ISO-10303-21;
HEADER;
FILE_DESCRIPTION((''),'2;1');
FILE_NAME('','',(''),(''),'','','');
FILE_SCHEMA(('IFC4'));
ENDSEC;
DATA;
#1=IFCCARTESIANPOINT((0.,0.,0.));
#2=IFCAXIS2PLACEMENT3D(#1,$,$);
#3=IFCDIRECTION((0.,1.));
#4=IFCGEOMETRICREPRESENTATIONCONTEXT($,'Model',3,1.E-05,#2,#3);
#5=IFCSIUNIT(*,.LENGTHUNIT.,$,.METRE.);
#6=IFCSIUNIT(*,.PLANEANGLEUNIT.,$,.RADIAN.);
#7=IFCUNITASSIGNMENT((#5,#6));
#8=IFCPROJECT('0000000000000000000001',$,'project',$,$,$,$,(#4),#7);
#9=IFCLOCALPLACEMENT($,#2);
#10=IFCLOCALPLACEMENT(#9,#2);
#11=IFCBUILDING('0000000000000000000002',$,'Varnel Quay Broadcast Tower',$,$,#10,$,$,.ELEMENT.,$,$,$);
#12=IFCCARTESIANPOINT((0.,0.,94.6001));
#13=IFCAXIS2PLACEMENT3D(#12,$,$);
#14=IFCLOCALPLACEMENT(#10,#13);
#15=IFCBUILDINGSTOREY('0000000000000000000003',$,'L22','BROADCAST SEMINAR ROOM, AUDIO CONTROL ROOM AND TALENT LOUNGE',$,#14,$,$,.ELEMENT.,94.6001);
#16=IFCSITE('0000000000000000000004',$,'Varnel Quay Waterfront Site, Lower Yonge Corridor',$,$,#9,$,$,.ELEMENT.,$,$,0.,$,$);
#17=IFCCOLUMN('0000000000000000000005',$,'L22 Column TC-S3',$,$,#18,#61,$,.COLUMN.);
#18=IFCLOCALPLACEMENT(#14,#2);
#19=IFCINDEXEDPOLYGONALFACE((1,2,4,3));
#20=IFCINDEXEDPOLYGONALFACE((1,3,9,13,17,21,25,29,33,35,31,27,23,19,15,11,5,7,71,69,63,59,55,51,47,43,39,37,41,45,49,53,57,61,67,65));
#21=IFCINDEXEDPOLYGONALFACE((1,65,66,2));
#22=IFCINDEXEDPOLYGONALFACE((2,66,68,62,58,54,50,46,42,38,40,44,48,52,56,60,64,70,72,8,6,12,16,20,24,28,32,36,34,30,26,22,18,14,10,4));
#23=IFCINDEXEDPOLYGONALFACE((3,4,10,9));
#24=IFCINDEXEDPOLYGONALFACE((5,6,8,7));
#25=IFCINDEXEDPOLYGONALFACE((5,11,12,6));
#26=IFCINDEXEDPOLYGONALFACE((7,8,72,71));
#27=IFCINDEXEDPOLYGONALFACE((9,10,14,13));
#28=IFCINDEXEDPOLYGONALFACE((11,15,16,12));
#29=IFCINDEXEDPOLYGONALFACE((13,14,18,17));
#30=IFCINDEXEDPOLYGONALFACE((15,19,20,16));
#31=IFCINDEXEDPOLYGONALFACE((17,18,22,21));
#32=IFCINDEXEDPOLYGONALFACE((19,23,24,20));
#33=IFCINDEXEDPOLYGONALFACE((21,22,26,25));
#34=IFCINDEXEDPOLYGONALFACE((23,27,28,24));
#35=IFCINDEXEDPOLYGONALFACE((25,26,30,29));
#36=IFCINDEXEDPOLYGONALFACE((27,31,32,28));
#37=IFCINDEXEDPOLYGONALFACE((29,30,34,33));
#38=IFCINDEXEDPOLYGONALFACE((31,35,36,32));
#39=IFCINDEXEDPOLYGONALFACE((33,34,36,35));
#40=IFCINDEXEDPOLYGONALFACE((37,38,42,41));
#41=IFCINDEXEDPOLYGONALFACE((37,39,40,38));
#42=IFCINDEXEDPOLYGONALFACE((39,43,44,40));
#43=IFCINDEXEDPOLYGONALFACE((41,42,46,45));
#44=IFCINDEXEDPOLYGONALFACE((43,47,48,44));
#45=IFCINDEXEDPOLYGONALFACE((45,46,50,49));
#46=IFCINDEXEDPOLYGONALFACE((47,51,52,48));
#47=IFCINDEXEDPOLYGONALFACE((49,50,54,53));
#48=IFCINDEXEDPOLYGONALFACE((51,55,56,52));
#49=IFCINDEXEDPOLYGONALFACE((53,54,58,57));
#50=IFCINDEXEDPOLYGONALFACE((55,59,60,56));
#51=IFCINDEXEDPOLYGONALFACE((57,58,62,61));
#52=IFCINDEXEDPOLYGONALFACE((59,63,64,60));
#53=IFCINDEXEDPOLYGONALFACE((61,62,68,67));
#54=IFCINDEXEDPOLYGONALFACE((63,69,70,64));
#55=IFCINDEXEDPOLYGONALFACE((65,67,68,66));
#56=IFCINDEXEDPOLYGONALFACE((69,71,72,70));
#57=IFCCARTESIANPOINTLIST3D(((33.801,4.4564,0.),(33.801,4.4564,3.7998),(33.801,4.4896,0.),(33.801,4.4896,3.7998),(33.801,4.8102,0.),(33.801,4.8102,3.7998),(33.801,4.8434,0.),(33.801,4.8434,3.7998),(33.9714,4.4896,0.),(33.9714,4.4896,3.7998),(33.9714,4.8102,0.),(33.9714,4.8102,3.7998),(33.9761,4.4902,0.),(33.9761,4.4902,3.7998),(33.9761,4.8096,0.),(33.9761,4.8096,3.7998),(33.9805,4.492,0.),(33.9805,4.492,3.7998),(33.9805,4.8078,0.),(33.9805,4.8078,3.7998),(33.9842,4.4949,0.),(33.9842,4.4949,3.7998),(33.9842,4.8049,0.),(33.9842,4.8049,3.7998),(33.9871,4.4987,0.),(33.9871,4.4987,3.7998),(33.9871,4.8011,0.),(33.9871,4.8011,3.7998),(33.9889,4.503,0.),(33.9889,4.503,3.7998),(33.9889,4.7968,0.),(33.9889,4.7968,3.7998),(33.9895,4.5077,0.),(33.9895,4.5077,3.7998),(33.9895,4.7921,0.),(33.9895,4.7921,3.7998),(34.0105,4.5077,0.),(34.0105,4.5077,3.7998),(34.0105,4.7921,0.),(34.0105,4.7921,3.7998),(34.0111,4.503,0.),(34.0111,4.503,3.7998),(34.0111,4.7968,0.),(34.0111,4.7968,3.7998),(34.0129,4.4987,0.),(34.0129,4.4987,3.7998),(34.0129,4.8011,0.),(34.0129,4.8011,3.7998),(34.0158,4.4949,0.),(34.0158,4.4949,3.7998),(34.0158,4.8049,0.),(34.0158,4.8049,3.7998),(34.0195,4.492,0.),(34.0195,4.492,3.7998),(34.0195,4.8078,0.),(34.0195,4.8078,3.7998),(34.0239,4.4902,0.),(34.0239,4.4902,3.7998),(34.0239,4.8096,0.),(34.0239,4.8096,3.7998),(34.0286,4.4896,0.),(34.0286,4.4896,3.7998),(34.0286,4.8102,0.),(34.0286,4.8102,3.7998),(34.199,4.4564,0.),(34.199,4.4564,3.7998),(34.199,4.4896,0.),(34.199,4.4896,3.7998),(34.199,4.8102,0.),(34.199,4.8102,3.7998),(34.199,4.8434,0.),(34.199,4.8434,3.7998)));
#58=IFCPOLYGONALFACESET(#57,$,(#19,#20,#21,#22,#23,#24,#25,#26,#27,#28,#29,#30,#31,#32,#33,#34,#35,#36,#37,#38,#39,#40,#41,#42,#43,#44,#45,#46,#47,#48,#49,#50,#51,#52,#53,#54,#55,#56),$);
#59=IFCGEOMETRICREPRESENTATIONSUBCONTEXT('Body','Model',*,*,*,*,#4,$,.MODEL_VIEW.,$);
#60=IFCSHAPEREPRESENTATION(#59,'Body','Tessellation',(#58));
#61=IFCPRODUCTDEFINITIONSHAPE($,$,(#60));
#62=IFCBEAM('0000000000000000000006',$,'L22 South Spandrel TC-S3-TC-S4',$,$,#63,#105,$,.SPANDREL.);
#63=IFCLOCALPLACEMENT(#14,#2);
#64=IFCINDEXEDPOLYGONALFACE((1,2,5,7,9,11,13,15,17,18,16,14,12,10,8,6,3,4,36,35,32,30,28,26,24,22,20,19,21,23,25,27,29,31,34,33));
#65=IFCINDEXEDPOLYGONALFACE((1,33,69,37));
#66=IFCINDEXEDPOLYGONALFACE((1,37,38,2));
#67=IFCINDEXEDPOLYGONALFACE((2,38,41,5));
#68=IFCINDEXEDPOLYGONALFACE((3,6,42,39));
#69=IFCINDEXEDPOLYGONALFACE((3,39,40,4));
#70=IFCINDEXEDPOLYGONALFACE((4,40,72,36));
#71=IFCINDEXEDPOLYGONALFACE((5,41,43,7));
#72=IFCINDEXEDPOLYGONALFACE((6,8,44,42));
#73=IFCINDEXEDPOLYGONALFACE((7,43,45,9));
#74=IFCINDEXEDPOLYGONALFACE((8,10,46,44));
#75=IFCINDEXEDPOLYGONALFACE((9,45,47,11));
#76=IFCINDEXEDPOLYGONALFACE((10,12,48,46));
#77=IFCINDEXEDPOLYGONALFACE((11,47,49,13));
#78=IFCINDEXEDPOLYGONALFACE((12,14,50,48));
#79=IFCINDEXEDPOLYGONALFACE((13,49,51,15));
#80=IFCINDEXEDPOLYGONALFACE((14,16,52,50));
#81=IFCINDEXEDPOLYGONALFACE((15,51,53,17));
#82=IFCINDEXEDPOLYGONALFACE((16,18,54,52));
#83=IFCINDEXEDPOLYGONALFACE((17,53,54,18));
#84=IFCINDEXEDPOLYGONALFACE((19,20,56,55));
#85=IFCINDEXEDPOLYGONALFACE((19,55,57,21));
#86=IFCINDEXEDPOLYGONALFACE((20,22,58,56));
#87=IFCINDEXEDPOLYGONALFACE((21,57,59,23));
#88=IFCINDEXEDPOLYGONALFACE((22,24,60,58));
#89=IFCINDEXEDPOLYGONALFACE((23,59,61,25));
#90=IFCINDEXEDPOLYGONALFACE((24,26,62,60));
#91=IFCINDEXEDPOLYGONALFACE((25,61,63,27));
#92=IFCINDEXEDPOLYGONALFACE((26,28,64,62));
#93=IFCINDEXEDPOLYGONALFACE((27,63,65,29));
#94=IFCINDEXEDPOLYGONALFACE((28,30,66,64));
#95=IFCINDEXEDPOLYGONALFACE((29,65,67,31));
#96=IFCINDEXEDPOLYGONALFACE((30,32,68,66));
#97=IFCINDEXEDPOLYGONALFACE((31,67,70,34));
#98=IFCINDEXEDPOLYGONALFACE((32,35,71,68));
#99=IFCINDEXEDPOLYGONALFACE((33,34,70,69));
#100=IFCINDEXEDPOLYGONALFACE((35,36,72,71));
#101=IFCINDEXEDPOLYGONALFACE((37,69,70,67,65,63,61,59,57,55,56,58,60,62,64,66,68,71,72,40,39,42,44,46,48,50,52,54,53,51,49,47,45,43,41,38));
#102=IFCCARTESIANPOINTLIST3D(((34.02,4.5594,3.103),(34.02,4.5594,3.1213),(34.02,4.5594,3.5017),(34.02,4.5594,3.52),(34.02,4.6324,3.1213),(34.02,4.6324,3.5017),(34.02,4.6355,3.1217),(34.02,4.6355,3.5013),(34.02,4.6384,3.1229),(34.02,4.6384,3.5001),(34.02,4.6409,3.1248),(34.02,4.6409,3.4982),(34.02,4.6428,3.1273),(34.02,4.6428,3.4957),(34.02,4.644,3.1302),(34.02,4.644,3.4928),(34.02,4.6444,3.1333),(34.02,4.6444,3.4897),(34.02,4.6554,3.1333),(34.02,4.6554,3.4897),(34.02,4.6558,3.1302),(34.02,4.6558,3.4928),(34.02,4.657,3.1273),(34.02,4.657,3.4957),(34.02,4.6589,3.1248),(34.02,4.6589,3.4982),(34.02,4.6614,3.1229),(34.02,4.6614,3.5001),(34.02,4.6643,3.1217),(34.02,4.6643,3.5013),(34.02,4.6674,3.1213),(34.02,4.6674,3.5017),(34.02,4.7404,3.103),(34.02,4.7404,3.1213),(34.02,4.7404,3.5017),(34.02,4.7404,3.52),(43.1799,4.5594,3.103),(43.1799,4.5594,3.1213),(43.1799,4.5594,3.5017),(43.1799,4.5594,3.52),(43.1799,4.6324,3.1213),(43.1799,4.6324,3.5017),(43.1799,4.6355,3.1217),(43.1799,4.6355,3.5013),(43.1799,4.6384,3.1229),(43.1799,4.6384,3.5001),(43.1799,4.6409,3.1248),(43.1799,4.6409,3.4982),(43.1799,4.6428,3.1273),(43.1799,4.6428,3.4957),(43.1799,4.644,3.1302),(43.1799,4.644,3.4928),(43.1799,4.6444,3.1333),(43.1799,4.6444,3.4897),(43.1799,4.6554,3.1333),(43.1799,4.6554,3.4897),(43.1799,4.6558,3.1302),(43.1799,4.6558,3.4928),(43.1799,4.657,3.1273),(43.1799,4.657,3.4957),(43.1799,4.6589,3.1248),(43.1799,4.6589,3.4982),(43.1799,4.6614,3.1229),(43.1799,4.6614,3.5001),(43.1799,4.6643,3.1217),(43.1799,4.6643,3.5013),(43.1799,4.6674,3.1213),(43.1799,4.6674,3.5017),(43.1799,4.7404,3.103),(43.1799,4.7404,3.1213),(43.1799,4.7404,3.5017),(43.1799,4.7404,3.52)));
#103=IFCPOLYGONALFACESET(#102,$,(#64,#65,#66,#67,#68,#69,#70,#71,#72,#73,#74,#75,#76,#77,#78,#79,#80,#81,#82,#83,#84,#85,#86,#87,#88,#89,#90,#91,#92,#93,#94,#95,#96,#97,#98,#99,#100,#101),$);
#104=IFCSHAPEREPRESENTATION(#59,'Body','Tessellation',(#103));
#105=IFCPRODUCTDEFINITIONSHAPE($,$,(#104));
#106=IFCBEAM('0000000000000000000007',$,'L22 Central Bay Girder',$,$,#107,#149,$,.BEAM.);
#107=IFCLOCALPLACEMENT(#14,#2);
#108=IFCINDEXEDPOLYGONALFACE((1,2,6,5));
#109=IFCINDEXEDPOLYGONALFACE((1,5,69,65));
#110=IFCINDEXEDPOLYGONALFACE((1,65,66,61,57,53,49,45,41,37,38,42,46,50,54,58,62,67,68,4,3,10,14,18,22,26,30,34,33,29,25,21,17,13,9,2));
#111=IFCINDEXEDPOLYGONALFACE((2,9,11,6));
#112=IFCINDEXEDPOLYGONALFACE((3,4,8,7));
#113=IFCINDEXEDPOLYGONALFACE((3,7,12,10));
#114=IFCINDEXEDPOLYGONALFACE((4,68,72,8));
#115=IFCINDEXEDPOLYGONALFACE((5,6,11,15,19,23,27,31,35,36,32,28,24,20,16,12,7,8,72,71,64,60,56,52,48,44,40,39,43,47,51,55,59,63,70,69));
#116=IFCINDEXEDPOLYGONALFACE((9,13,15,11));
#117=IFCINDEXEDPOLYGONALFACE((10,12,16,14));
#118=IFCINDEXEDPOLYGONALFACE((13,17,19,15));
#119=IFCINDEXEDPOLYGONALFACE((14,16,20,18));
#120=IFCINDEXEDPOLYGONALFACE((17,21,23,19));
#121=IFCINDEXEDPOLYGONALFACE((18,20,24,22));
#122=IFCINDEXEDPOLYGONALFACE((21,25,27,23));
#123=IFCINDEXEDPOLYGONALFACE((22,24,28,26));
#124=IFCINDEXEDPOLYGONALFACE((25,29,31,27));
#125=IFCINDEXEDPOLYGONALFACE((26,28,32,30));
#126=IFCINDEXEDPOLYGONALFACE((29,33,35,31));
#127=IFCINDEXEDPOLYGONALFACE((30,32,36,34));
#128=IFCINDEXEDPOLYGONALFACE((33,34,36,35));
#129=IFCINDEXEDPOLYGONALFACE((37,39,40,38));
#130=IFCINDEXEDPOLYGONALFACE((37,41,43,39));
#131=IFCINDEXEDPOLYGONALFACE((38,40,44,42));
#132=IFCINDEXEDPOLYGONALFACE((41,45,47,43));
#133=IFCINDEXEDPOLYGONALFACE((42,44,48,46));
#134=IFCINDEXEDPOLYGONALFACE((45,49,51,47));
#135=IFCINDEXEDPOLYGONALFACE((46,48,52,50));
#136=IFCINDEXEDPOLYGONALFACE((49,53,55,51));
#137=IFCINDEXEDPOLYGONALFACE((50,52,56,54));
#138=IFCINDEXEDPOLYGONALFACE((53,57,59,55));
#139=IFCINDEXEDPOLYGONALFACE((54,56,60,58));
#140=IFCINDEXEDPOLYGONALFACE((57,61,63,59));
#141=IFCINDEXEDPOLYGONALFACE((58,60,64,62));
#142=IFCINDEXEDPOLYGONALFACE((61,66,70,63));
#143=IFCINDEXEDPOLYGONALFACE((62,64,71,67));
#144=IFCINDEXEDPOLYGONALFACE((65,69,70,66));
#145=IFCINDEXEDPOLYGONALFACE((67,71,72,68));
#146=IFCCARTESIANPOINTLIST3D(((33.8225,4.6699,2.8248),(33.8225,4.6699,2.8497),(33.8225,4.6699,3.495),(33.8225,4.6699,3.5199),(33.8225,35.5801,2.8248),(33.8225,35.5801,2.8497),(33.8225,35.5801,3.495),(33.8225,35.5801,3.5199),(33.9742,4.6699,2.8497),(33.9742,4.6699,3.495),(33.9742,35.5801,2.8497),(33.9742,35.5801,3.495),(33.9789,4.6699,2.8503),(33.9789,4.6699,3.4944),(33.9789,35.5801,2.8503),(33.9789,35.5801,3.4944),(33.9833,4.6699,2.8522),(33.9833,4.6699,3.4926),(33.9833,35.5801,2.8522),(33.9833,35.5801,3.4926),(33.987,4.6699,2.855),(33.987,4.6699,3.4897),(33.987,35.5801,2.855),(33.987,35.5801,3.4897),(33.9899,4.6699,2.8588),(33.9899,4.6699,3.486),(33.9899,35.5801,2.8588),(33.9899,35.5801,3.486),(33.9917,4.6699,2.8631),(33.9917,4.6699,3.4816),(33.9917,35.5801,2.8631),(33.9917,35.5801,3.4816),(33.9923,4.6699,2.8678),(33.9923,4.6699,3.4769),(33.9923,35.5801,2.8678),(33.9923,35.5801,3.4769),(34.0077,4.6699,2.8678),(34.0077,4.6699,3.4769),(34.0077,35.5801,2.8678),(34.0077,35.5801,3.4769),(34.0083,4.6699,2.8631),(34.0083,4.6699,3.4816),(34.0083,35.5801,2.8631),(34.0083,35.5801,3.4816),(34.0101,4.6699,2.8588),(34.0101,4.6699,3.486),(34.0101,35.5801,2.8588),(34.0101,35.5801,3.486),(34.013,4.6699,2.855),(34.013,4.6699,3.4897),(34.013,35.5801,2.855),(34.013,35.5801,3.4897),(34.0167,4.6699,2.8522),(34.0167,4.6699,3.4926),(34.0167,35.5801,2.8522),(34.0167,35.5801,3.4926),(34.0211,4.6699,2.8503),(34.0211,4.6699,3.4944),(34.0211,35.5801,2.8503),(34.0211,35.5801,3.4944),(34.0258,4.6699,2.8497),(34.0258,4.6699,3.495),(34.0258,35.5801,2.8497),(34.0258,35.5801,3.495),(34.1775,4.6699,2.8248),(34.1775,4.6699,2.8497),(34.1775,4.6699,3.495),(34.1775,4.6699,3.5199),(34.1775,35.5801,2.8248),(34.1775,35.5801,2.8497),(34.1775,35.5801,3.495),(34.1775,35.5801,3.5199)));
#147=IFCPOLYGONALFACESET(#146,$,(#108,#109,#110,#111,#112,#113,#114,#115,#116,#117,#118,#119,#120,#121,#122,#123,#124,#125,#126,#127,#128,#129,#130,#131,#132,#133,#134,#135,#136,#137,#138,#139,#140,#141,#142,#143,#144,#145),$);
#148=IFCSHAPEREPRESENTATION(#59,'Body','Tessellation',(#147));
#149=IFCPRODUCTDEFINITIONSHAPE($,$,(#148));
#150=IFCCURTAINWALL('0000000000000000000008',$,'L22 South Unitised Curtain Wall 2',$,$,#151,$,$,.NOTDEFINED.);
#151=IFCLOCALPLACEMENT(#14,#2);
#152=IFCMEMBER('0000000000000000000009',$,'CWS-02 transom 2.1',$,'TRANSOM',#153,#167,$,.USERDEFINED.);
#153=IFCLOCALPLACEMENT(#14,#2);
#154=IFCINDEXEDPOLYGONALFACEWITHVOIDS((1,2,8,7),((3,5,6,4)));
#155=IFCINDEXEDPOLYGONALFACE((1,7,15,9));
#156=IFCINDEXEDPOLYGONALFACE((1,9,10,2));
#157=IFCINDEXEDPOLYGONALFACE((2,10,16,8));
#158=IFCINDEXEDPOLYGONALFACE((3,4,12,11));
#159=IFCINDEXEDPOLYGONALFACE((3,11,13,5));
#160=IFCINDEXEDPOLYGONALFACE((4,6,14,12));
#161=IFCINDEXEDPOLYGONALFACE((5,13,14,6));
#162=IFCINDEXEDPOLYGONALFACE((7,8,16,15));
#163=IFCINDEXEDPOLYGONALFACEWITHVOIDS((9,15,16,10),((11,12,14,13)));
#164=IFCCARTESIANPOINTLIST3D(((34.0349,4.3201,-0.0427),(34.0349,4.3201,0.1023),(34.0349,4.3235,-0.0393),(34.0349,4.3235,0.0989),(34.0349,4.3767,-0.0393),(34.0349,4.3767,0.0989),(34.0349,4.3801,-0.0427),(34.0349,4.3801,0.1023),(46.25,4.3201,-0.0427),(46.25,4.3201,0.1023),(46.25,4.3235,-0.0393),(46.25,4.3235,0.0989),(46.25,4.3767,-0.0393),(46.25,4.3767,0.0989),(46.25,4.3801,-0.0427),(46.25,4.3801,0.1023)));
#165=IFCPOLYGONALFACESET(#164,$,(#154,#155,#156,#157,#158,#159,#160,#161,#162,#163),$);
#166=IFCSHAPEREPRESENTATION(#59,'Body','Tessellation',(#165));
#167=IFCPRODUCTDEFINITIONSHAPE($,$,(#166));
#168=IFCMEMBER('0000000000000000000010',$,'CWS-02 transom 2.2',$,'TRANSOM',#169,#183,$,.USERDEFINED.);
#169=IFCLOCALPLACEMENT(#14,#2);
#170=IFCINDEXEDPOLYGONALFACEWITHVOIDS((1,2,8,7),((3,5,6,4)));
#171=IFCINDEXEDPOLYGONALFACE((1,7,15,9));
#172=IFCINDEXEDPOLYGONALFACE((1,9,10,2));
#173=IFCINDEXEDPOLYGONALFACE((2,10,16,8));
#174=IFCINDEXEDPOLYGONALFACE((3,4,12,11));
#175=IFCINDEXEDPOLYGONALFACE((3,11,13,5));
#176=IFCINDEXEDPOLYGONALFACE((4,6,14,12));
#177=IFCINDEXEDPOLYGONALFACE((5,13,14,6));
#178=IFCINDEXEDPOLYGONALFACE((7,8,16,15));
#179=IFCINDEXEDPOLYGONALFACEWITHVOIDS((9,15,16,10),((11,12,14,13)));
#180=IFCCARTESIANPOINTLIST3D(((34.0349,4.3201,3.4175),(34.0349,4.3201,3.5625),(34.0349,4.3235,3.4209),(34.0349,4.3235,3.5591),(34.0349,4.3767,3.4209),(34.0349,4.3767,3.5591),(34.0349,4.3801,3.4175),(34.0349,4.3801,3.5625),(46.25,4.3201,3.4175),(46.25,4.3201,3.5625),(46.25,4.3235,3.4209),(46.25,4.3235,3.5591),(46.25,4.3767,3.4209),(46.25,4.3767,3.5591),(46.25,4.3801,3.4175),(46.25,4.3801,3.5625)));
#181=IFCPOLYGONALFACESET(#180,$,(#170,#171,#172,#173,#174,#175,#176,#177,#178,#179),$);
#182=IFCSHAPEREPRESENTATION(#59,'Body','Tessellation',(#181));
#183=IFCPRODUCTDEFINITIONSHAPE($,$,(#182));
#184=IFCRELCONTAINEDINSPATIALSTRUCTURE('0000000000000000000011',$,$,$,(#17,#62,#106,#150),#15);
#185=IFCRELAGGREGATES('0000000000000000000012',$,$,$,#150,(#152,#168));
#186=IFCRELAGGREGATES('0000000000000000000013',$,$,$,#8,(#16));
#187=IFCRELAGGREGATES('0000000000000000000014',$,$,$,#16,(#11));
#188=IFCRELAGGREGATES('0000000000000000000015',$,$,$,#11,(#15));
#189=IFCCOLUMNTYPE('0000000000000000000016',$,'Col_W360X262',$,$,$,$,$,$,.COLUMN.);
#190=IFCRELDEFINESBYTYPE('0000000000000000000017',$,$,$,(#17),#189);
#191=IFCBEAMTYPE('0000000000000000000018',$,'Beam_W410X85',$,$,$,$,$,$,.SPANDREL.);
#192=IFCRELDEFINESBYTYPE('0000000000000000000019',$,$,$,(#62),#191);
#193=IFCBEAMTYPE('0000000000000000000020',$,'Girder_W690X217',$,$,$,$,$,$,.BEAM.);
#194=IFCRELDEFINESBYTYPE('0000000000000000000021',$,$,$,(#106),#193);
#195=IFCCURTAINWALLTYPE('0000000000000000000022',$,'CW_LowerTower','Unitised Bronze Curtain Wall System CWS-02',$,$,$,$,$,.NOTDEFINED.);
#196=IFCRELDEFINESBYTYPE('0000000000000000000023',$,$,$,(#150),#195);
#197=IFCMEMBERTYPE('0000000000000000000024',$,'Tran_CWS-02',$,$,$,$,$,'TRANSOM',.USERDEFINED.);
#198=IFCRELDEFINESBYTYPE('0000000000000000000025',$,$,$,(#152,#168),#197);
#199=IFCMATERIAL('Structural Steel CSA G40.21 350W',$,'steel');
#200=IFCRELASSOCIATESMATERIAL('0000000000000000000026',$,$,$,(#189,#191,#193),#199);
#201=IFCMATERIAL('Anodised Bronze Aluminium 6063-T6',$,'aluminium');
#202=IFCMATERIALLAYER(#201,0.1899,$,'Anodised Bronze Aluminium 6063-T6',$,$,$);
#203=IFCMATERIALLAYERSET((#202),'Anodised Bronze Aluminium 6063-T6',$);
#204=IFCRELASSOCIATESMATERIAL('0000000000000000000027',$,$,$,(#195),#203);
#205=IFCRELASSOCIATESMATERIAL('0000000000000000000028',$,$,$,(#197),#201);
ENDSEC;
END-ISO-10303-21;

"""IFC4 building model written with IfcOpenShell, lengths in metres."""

from ifc_helpers import new_model, si_unit, direction, frame, origin, origin_2d, place, context, subcontext, project, spatial, hollow_rectangle, i_section, extrude, source, transform, mapped, material, layer, layer_set, material_profile, profile_set, type_object, type_shapes, element, aggregate, save


model = new_model("IFC4")

# Units and contexts
model_context = context("Model", 3, precision=1e-05, world=origin(), true_north=direction((0.0, 1.0)))
body_context = subcontext(model_context, "Body", "Model", "MODEL_VIEW")
ifc_project = project(units=[si_unit("LENGTHUNIT", "METRE"), si_unit("PLANEANGLEUNIT", "RADIAN")], contexts=[model_context])

# Site, building, storey
site_placement = place(None, origin())
site = spatial("IfcSite", under=ifc_project, at=site_placement, Name="Varnel Quay Waterfront Site, Lower Yonge Corridor", CompositionType="ELEMENT", RefElevation=0.0)
building_placement = place(site_placement, origin())
building = spatial("IfcBuilding", under=site, at=building_placement, Name="Varnel Quay Broadcast Tower", CompositionType="ELEMENT")
storey_placement = place(building_placement, frame((0.0, 0.0, 94.6001)))
storey = spatial("IfcBuildingStorey", under=building, at=storey_placement, Name="L22", Description="BROADCAST SEMINAR ROOM, AUDIO CONTROL ROOM AND TALENT LOUNGE", CompositionType="ELEMENT", Elevation=94.6001)

# Column
ifc_material_1 = material(Name="Structural Steel CSA G40.21 350W", Category="steel")
ifc_material_profile_1 = material_profile(ifc_material_1, i_section(OverallWidth=0.3979, OverallDepth=0.387, WebThickness=0.021, FlangeThickness=0.0332, FilletRadius=0.0181, at=origin_2d()), Name="W360X262")
ifc_profile_set_1 = profile_set([ifc_material_profile_1], Name="Structural Steel CSA G40.21 350W")
column_type = type_object("IfcColumnType", Name="Col_W360X262", PredefinedType="COLUMN", material=ifc_profile_set_1)
shared_shape_1 = source(origin(), body_context, "Body", "SweptSolid", [
    extrude(i_section(OverallWidth=0.3979, OverallDepth=0.387, WebThickness=0.021, FlangeThickness=0.0332, FilletRadius=0.0181, at=origin_2d()), origin(), (0.0, 0.0, 1.0), 3.7998),
])
type_shapes(column_type, [shared_shape_1])
column_placement = place(storey_placement, frame((34.0, 4.6499, 0.0), z_axis=(0.0, 0.0, 1.0), x_axis=(1.0, 0.0, 0.0)))
element("IfcColumn", 1, at=column_placement, inside=storey, type_object=column_type, Name="L22 Column TC-S3", PredefinedType="COLUMN", context=body_context, shape_type="MappedRepresentation", body=[
    mapped(shared_shape_1, transform((0.0, 0.0, 0.0), x_axis=(1.0, 0.0, 0.0), y_axis=(0.0, 1.0, 0.0), z_axis=(0.0, 0.0, 1.0), scale=1.0)),
])

# Beams
ifc_material_profile_2 = material_profile(ifc_material_1, i_section(OverallWidth=0.1809, OverallDepth=0.417, WebThickness=0.011, FlangeThickness=0.0183, FilletRadius=0.012, at=origin_2d()), Name="W410X85")
ifc_profile_set_2 = profile_set([ifc_material_profile_2], Name="Structural Steel CSA G40.21 350W")
beam_type_1 = type_object("IfcBeamType", Name="Beam_W410X85", PredefinedType="SPANDREL", material=ifc_profile_set_2)
shared_shape_2 = source(origin(), body_context, "Body", "SweptSolid", [
    extrude(i_section(OverallWidth=0.1809, OverallDepth=0.417, WebThickness=0.011, FlangeThickness=0.0183, FilletRadius=0.012, at=origin_2d()), origin(), (0.0, 0.0, 1.0), 9.1599),
])
type_shapes(beam_type_1, [shared_shape_2])
beam_1_placement = place(storey_placement, frame((34.02, 4.6499, 3.3115), z_axis=(1.0, 0.0, 0.0), x_axis=(0.0, 1.0, 0.0)))
element("IfcBeam", 2, at=beam_1_placement, inside=storey, type_object=beam_type_1, Name="L22 South Spandrel TC-S3-TC-S4", PredefinedType="SPANDREL", context=body_context, shape_type="MappedRepresentation", body=[
    mapped(shared_shape_2, transform((0.0, 0.0, 0.0), x_axis=(1.0, 0.0, 0.0), y_axis=(0.0, 1.0, 0.0), z_axis=(0.0, 0.0, 1.0), scale=1.0)),
])
ifc_material_profile_3 = material_profile(ifc_material_1, i_section(OverallWidth=0.355, OverallDepth=0.6951, WebThickness=0.0154, FlangeThickness=0.0249, FilletRadius=0.0181, at=origin_2d()), Name="W690X217")
ifc_profile_set_3 = profile_set([ifc_material_profile_3], Name="Structural Steel CSA G40.21 350W")
beam_type_2 = type_object("IfcBeamType", Name="Girder_W690X217", PredefinedType="BEAM", material=ifc_profile_set_3)
shared_shape_3 = source(origin(), body_context, "Body", "SweptSolid", [
    extrude(i_section(OverallWidth=0.355, OverallDepth=0.6951, WebThickness=0.0154, FlangeThickness=0.0249, FilletRadius=0.0181, at=origin_2d()), origin(), (0.0, 0.0, 1.0), 30.9102),
])
type_shapes(beam_type_2, [shared_shape_3])
beam_2_placement = place(storey_placement, frame((34.0, 4.6699, 3.1724), z_axis=(0.0, 1.0, 0.0), x_axis=(-1.0, 0.0, 0.0)))
element("IfcBeam", 3, at=beam_2_placement, inside=storey, type_object=beam_type_2, Name="L22 Central Bay Girder", PredefinedType="BEAM", context=body_context, shape_type="MappedRepresentation", body=[
    mapped(shared_shape_3, transform((0.0, 0.0, 0.0), x_axis=(1.0, 0.0, 0.0), y_axis=(0.0, 1.0, 0.0), z_axis=(0.0, 0.0, 1.0), scale=1.0)),
])

# Curtain wall, members
ifc_material_2 = material(Name="Anodised Bronze Aluminium 6063-T6", Category="aluminium")
ifc_layer_1 = layer(ifc_material_2, 0.1899, Name="Anodised Bronze Aluminium 6063-T6")
ifc_layer_set_1 = layer_set([ifc_layer_1], Name="Anodised Bronze Aluminium 6063-T6")
curtain_wall_type = type_object("IfcCurtainWallType", Name="CW_LowerTower", Description="Unitised Bronze Curtain Wall System CWS-02", PredefinedType="NOTDEFINED", material=ifc_layer_set_1)
curtain_wall_placement = place(storey_placement, origin())
curtain_wall = element("IfcCurtainWall", 4, at=curtain_wall_placement, inside=storey, type_object=curtain_wall_type, Name="L22 South Unitised Curtain Wall 2", PredefinedType="NOTDEFINED")
ifc_material_profile_4 = material_profile(ifc_material_2, hollow_rectangle(XDim=0.0601, YDim=0.145, WallThickness=0.0034, at=origin_2d()), Name="ALU60X145X3.5")
ifc_profile_set_4 = profile_set([ifc_material_profile_4], Name="Anodised Bronze Aluminium 6063-T6")
member_type_1 = type_object("IfcMemberType", Name="Tran_CWS-02", ElementType="TRANSOM", PredefinedType="USERDEFINED", material=ifc_profile_set_4)
shared_shape_4 = source(origin(), body_context, "Body", "SweptSolid", [
    extrude(hollow_rectangle(XDim=0.0601, YDim=0.145, WallThickness=0.0034, at=origin_2d()), origin(), (0.0, 0.0, 1.0), 12.2151),
])
type_shapes(member_type_1, [shared_shape_4])
member_1_placement = place(storey_placement, frame((34.0349, 4.3501, 0.0298), z_axis=(1.0, 0.0, 0.0), x_axis=(0.0, 1.0, 0.0)))
member_1 = element("IfcMember", 5, at=member_1_placement, type_object=member_type_1, Name="CWS-02 transom 2.1", ObjectType="TRANSOM", PredefinedType="USERDEFINED", context=body_context, shape_type="MappedRepresentation", body=[
    mapped(shared_shape_4, transform((0.0, 0.0, 0.0), x_axis=(1.0, 0.0, 0.0), y_axis=(0.0, 1.0, 0.0), z_axis=(0.0, 0.0, 1.0), scale=1.0)),
])
member_2_placement = place(storey_placement, frame((34.0349, 4.3501, 3.49), z_axis=(1.0, 0.0, 0.0), x_axis=(0.0, 1.0, 0.0)))
member_2 = element("IfcMember", 6, at=member_2_placement, type_object=member_type_1, Name="CWS-02 transom 2.2", ObjectType="TRANSOM", PredefinedType="USERDEFINED", context=body_context, shape_type="MappedRepresentation", body=[
    mapped(shared_shape_4, transform((0.0, 0.0, 0.0), x_axis=(1.0, 0.0, 0.0), y_axis=(0.0, 1.0, 0.0), z_axis=(0.0, 0.0, 1.0), scale=1.0)),
])
aggregate(curtain_wall, [member_1, member_2])

save(model, "model.ifc")
